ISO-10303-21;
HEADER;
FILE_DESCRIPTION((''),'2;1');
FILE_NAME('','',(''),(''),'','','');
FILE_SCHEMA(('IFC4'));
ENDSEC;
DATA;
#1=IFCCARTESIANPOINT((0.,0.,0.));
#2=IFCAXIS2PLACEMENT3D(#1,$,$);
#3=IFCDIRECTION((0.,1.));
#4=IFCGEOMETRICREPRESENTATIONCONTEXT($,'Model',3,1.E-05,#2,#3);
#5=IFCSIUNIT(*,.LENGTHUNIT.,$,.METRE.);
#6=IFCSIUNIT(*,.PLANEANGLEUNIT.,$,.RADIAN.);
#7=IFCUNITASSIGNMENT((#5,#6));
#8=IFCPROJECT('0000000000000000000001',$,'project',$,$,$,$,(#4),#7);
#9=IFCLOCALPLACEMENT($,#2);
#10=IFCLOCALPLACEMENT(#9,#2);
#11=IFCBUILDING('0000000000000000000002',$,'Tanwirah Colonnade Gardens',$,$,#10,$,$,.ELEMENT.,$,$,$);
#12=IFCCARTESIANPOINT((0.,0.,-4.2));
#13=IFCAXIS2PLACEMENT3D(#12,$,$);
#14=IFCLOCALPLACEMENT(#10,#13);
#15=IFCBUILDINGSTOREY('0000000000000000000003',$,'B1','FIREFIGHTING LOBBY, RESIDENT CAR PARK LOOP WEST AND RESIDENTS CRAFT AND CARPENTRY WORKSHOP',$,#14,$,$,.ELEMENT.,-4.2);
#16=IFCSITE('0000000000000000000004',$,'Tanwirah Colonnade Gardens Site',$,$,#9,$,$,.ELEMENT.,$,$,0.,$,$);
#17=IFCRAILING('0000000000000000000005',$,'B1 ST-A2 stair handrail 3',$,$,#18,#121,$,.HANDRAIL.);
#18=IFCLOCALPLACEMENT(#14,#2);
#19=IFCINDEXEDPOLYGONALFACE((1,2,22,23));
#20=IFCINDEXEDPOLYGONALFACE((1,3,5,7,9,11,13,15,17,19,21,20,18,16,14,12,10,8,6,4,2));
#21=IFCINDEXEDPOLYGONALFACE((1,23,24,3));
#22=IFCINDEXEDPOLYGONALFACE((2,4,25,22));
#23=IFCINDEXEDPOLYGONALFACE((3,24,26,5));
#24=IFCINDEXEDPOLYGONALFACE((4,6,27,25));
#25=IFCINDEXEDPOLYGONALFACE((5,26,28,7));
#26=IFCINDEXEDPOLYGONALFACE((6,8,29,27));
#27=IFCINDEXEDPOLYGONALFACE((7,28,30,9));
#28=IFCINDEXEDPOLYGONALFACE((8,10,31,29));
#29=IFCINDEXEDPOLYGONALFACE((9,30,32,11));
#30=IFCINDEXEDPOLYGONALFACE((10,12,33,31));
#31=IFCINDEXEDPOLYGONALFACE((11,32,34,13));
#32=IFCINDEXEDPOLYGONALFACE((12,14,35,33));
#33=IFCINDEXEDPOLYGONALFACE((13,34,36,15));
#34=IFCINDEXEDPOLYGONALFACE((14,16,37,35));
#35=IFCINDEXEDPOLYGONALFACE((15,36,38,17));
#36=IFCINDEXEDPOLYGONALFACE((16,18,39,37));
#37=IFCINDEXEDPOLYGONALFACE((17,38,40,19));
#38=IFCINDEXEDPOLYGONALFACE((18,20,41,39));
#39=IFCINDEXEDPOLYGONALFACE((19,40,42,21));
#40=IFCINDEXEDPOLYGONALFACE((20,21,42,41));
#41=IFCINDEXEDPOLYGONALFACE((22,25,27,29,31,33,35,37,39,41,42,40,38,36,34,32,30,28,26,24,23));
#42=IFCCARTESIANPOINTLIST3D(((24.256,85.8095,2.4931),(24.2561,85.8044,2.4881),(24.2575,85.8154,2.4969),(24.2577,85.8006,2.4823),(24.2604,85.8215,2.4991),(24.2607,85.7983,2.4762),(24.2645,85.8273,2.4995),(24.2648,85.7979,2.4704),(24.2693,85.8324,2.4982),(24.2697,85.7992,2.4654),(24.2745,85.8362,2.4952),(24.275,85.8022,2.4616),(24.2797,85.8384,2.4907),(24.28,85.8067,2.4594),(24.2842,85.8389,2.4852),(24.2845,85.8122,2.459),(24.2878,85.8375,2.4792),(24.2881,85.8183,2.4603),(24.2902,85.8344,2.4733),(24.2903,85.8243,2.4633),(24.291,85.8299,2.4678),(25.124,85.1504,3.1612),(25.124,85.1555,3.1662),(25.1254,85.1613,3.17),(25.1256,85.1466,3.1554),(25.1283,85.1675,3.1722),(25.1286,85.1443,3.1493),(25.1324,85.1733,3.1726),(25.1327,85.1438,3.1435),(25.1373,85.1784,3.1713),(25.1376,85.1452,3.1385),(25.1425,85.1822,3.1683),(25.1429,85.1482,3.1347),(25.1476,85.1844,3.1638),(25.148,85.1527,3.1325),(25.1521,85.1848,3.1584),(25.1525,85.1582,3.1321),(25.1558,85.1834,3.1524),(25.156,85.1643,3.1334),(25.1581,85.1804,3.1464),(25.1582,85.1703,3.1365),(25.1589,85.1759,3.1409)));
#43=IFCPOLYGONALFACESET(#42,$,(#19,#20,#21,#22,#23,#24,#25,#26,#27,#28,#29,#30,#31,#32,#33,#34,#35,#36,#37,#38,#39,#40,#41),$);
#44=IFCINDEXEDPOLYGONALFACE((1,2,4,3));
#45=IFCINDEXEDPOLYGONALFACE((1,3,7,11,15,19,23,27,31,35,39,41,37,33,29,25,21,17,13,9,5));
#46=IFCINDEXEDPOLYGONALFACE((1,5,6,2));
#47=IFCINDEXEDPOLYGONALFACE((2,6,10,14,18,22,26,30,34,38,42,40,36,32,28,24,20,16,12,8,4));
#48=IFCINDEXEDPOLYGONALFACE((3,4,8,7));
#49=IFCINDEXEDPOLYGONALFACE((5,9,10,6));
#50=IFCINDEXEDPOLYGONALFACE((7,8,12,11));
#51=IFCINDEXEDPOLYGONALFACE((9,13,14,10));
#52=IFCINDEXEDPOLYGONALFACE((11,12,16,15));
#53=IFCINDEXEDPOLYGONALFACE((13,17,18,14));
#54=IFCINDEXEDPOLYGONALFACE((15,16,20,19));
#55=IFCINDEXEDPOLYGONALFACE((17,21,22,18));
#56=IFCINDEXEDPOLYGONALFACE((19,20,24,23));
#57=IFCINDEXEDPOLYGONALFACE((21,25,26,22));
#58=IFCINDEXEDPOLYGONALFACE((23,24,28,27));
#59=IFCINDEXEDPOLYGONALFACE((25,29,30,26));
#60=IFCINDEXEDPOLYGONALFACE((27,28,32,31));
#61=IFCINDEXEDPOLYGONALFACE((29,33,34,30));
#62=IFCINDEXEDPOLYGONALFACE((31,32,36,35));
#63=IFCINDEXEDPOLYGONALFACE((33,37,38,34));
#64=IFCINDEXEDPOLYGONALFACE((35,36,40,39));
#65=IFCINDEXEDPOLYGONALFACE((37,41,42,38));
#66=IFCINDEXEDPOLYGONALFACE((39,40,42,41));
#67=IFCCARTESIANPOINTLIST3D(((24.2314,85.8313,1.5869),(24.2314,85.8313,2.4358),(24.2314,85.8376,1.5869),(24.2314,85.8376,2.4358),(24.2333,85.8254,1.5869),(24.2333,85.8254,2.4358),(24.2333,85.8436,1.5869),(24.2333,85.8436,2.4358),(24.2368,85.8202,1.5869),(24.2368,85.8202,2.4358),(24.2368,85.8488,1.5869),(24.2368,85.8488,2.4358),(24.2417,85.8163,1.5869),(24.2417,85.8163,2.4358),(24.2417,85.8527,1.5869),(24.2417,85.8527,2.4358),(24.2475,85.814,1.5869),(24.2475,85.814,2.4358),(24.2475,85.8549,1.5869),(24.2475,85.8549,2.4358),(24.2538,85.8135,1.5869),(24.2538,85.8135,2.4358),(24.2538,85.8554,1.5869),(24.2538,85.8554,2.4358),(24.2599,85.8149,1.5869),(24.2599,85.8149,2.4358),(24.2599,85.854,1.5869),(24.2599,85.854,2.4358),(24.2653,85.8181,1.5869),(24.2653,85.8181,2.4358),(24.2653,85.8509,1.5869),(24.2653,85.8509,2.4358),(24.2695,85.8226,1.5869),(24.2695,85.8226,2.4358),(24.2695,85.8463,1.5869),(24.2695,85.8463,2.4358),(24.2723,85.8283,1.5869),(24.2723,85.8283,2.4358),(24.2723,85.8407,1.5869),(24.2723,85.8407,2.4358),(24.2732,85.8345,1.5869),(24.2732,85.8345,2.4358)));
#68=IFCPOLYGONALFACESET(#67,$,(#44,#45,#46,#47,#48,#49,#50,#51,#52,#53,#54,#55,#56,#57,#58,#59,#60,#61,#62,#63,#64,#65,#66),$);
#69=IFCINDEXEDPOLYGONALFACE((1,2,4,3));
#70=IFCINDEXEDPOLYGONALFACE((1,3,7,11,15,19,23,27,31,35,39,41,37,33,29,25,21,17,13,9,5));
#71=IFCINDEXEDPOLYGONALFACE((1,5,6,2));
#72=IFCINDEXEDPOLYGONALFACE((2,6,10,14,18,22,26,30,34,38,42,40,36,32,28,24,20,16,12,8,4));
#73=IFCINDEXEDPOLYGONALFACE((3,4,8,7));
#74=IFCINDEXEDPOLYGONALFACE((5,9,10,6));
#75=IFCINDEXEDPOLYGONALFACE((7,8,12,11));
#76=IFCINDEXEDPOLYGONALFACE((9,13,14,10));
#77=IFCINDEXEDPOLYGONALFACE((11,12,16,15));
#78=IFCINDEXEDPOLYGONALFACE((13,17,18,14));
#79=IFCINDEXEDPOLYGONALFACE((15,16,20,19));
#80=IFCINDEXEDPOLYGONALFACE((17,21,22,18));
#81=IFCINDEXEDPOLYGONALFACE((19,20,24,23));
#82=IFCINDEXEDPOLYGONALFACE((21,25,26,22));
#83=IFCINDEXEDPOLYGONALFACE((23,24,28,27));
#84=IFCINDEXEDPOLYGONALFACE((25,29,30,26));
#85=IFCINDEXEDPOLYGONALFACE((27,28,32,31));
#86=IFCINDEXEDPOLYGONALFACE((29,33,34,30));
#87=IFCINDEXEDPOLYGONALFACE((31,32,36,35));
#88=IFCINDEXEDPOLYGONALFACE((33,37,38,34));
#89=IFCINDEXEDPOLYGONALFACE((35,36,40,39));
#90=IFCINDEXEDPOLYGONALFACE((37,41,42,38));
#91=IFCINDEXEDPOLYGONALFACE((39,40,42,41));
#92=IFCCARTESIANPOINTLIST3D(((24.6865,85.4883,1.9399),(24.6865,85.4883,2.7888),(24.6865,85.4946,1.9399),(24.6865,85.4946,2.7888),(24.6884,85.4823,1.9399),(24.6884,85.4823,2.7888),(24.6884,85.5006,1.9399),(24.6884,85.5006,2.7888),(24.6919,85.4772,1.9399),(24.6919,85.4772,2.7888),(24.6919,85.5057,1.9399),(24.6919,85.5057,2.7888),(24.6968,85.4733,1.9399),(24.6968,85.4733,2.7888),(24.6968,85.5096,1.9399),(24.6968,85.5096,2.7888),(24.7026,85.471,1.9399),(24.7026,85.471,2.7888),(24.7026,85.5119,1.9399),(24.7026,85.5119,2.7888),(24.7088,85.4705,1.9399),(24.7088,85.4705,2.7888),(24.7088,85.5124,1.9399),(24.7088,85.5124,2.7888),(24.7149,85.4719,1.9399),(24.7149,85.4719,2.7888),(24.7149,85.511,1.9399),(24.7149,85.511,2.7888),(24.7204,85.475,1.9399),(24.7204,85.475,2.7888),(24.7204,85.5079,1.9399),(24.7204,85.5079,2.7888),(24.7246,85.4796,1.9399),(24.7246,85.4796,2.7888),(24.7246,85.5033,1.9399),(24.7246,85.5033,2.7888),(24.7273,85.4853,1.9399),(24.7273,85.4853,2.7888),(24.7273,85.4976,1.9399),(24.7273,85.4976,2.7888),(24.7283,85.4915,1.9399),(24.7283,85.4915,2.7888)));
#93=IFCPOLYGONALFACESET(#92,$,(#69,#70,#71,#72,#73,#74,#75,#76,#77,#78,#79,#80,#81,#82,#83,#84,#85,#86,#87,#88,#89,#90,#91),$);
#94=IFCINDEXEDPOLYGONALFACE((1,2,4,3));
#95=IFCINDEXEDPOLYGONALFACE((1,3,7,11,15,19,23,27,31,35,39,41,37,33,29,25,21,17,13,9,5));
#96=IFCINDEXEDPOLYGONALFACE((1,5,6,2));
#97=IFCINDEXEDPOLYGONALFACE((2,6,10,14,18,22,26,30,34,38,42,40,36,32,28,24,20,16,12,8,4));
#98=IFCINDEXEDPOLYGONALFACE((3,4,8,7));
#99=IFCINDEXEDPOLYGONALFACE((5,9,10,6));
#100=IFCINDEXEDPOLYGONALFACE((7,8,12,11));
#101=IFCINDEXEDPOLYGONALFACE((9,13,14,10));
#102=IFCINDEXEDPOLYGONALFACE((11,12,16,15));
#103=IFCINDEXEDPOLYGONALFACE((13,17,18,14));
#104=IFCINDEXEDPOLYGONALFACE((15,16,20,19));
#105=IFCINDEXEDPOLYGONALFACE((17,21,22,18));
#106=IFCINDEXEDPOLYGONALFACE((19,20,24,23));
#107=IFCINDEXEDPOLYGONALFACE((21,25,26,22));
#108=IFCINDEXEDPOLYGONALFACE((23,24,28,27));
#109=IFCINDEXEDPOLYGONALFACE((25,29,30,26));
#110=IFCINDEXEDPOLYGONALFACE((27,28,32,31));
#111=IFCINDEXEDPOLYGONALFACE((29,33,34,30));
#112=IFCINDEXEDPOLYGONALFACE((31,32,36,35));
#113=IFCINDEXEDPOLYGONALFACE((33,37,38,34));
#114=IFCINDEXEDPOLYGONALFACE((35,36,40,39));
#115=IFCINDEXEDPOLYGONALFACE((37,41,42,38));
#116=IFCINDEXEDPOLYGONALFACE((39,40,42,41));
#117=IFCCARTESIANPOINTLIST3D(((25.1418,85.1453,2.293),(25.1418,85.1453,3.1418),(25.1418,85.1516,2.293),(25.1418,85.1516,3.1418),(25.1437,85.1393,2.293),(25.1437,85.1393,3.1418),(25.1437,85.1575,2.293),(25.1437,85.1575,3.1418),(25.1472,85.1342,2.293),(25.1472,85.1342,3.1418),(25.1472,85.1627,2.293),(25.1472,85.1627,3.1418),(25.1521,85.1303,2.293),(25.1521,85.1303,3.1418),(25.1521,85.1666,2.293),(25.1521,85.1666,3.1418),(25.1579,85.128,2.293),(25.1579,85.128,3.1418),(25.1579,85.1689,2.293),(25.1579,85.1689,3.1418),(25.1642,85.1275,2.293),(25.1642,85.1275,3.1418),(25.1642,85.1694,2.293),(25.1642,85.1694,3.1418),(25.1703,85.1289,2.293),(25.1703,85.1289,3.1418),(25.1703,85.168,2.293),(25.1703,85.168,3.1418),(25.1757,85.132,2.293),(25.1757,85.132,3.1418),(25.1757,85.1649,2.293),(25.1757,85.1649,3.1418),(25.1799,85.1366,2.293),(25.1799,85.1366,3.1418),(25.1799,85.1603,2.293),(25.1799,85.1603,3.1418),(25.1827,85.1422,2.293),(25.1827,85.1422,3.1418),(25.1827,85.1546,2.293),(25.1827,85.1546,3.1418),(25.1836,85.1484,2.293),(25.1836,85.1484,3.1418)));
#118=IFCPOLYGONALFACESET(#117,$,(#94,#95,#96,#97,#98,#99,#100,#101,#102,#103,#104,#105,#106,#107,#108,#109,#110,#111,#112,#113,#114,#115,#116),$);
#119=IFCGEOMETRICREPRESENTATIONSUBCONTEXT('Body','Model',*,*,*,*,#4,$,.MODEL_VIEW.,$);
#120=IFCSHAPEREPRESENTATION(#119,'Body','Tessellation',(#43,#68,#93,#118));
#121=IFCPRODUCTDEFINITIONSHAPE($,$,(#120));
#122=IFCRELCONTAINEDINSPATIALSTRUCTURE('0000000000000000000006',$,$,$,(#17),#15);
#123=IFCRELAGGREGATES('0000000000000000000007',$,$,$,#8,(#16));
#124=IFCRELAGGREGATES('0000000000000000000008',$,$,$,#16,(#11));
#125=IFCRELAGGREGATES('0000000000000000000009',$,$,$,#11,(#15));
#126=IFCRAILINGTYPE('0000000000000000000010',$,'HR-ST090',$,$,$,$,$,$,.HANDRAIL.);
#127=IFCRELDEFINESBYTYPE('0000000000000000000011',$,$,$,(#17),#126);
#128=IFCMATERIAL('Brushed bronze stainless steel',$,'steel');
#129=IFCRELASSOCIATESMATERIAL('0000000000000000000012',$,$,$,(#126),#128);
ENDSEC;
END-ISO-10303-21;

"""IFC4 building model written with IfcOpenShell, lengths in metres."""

from ifc_helpers import new_model, si_unit, direction, frame, origin, origin_2d, place, context, subcontext, project, spatial, circle, extrude, material, type_object, element, save


model = new_model("IFC4")

# Units and contexts
model_context = context("Model", 3, precision=1e-05, world=origin(), true_north=direction((0.0, 1.0)))
body_context = subcontext(model_context, "Body", "Model", "MODEL_VIEW")
ifc_project = project(units=[si_unit("LENGTHUNIT", "METRE"), si_unit("PLANEANGLEUNIT", "RADIAN")], contexts=[model_context])

# Site, building, storey
site_placement = place(None, origin())
site = spatial("IfcSite", under=ifc_project, at=site_placement, Name="Tanwirah Colonnade Gardens Site", CompositionType="ELEMENT", RefElevation=0.0)
building_placement = place(site_placement, origin())
building = spatial("IfcBuilding", under=site, at=building_placement, Name="Tanwirah Colonnade Gardens", CompositionType="ELEMENT")
storey_placement = place(building_placement, frame((0.0, 0.0, -4.2)))
storey = spatial("IfcBuildingStorey", under=building, at=storey_placement, Name="B1", Description="FIREFIGHTING LOBBY, RESIDENT CAR PARK LOOP WEST AND RESIDENTS CRAFT AND CARPENTRY WORKSHOP", CompositionType="ELEMENT", Elevation=-4.2)

# Railing
ifc_material_1 = material(Name="Brushed bronze stainless steel", Category="steel")
railing_type_1 = type_object("IfcRailingType", Name="HR-ST090", PredefinedType="HANDRAIL", material=ifc_material_1)
railing_1_placement = place(storey_placement, frame((24.2522, 85.8345, 1.5869)))
element("IfcRailing", 1, at=railing_1_placement, inside=storey, type_object=railing_type_1, Name="B1 ST-A2 stair handrail 3", PredefinedType="HANDRAIL", context=body_context, shape_type="SweptSolid", body=[
    extrude(circle(Radius=0.0239, at=origin_2d()), frame((0.0212, -0.0161, 0.8923), z_axis=(0.678952, -0.511627, 0.526557), x_axis=(0.601815, 0.798636, 0.0)), (0.0, 0.0, 1.0), 1.2783),
    extrude(circle(Radius=0.021, at=origin_2d()), origin(), (0.0, 0.0, 1.0), 0.8489),
    extrude(circle(Radius=0.021, at=origin_2d()), frame((0.4551, -0.343, 0.353)), (0.0, 0.0, 1.0), 0.8489),
    extrude(circle(Radius=0.021, at=origin_2d()), frame((0.9104, -0.686, 0.7061)), (0.0, 0.0, 1.0), 0.8489),
])

save(model, "model.ifc")
